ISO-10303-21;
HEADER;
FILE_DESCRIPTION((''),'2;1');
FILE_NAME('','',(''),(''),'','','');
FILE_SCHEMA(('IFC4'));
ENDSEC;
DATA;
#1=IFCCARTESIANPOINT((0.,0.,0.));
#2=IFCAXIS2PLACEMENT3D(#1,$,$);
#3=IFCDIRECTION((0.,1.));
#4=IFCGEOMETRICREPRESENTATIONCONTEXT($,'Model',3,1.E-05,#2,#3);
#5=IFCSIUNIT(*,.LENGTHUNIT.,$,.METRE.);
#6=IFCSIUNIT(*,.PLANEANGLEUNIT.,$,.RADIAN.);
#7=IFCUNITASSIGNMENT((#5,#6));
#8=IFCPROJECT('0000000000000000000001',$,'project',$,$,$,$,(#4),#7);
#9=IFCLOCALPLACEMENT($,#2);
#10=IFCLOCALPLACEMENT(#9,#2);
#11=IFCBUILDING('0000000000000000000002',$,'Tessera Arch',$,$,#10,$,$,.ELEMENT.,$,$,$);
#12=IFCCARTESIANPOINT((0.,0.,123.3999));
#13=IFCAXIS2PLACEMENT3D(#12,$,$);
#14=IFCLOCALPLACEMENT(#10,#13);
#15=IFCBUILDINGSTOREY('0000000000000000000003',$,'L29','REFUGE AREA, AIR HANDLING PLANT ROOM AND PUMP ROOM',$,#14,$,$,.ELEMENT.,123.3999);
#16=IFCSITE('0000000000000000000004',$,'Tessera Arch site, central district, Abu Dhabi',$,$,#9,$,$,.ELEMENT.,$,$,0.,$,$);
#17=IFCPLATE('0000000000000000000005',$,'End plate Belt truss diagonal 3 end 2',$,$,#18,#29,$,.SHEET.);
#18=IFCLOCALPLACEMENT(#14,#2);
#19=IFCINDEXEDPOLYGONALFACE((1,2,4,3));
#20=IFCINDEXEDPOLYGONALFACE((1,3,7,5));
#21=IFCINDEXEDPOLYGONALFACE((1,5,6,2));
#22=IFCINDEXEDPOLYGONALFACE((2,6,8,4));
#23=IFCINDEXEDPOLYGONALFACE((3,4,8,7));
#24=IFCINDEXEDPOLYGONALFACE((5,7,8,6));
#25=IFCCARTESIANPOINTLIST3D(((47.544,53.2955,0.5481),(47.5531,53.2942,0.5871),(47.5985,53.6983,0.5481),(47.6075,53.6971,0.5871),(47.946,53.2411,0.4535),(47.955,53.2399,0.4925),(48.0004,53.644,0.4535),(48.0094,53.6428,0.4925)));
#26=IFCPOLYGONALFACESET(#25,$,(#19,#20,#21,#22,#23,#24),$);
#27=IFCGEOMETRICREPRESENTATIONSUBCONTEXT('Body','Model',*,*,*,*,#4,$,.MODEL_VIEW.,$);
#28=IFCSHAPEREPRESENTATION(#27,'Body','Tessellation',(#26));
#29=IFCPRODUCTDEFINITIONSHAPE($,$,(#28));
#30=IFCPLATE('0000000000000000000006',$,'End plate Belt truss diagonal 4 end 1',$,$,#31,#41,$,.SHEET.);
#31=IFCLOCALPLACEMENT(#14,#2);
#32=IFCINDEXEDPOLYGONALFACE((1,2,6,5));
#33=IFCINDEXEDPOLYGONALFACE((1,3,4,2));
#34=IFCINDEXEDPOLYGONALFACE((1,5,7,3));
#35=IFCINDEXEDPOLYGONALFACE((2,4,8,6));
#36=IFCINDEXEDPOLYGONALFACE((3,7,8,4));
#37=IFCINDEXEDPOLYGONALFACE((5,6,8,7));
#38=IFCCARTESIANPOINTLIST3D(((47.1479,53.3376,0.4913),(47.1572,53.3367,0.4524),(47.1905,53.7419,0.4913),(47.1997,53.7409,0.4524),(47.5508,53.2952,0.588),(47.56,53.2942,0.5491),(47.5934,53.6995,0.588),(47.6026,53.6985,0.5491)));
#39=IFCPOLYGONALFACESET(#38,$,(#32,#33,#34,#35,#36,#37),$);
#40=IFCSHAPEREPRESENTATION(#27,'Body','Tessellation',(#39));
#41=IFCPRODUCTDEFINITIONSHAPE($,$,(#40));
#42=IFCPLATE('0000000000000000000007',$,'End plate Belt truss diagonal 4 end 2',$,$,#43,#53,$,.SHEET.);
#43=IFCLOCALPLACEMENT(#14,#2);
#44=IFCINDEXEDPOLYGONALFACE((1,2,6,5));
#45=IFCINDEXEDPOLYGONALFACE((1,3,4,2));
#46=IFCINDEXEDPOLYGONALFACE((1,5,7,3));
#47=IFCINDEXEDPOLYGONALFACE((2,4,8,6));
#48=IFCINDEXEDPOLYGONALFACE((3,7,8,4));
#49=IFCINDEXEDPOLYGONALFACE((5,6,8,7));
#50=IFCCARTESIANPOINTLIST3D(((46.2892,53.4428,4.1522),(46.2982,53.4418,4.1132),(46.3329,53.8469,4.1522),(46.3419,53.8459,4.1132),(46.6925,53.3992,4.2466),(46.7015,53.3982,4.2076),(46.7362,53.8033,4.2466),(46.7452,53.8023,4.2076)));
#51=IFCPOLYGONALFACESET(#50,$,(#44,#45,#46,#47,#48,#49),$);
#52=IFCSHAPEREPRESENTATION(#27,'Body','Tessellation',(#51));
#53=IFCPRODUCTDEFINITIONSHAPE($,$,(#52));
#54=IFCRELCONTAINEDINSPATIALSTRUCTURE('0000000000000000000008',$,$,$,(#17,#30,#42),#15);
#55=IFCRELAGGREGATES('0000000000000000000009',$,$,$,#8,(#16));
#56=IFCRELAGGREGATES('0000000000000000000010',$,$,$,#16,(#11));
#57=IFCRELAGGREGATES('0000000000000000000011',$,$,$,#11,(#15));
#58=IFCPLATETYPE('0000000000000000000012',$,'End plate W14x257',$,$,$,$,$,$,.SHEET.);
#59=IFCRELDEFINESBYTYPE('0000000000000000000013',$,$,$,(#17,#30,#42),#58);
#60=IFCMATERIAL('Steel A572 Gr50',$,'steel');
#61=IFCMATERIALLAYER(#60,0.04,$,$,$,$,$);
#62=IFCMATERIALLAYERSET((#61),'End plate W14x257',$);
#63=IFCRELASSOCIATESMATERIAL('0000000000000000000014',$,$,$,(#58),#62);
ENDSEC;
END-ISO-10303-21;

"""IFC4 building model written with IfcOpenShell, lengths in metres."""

from ifc_helpers import new_model, si_unit, direction, frame, origin, origin_2d, place, context, subcontext, project, spatial, rectangle, extrude, material, layer, layer_set, type_object, element, save


model = new_model("IFC4")

# Units and contexts
model_context = context("Model", 3, precision=1e-05, world=origin(), true_north=direction((0.0, 1.0)))
body_context = subcontext(model_context, "Body", "Model", "MODEL_VIEW")
ifc_project = project(units=[si_unit("LENGTHUNIT", "METRE"), si_unit("PLANEANGLEUNIT", "RADIAN")], contexts=[model_context])

# Site, building, storey
site_placement = place(None, origin())
site = spatial("IfcSite", under=ifc_project, at=site_placement, Name="Tessera Arch site, central district, Abu Dhabi", CompositionType="ELEMENT", RefElevation=0.0)
building_placement = place(site_placement, origin())
building = spatial("IfcBuilding", under=site, at=building_placement, Name="Tessera Arch", CompositionType="ELEMENT")
storey_placement = place(building_placement, frame((0.0, 0.0, 123.3999)))
storey = spatial("IfcBuildingStorey", under=building, at=storey_placement, Name="L29", Description="REFUGE AREA, AIR HANDLING PLANT ROOM AND PUMP ROOM", CompositionType="ELEMENT", Elevation=123.3999)

# Plates
ifc_material_1 = material(Name="Steel A572 Gr50", Category="steel")
ifc_layer_1 = layer(ifc_material_1, 0.04)
ifc_layer_set_1 = layer_set([ifc_layer_1], Name="End plate W14x257")
plate_type_1 = type_object("IfcPlateType", Name="End plate W14x257", PredefinedType="SHEET", material=ifc_layer_set_1)
for number, where, z_axis, x_axis, name in (
    (1, (47.7812, 53.4685, 0.5398), (-0.2252, 0.030432, -0.973837), (-0.133918, -0.990992, 0.0), "End plate Belt truss diagonal 3 end 2"),
    (2, (47.3799, 53.5176, 0.5007), (-0.231004, 0.024316, 0.972649), (-0.104685, -0.994505, 0.0), "End plate Belt truss diagonal 4 end 1"),
    (3, (46.5217, 53.6221, 4.1604), (-0.225237, 0.02435, 0.974), (-0.107482, -0.994207, 0.0), "End plate Belt truss diagonal 4 end 2"),
):
    element("IfcPlate", number, at=place(storey_placement, frame(where, z_axis=z_axis, x_axis=x_axis)), inside=storey, type_object=plate_type_1, Name=name, PredefinedType="SHEET", context=body_context, shape_type="SweptSolid", body=[
        extrude(rectangle(XDim=0.4065, YDim=0.4165, at=origin_2d()), origin(), (0.0, 0.0, 1.0), 0.04),
    ])

save(model, "model.ifc")
